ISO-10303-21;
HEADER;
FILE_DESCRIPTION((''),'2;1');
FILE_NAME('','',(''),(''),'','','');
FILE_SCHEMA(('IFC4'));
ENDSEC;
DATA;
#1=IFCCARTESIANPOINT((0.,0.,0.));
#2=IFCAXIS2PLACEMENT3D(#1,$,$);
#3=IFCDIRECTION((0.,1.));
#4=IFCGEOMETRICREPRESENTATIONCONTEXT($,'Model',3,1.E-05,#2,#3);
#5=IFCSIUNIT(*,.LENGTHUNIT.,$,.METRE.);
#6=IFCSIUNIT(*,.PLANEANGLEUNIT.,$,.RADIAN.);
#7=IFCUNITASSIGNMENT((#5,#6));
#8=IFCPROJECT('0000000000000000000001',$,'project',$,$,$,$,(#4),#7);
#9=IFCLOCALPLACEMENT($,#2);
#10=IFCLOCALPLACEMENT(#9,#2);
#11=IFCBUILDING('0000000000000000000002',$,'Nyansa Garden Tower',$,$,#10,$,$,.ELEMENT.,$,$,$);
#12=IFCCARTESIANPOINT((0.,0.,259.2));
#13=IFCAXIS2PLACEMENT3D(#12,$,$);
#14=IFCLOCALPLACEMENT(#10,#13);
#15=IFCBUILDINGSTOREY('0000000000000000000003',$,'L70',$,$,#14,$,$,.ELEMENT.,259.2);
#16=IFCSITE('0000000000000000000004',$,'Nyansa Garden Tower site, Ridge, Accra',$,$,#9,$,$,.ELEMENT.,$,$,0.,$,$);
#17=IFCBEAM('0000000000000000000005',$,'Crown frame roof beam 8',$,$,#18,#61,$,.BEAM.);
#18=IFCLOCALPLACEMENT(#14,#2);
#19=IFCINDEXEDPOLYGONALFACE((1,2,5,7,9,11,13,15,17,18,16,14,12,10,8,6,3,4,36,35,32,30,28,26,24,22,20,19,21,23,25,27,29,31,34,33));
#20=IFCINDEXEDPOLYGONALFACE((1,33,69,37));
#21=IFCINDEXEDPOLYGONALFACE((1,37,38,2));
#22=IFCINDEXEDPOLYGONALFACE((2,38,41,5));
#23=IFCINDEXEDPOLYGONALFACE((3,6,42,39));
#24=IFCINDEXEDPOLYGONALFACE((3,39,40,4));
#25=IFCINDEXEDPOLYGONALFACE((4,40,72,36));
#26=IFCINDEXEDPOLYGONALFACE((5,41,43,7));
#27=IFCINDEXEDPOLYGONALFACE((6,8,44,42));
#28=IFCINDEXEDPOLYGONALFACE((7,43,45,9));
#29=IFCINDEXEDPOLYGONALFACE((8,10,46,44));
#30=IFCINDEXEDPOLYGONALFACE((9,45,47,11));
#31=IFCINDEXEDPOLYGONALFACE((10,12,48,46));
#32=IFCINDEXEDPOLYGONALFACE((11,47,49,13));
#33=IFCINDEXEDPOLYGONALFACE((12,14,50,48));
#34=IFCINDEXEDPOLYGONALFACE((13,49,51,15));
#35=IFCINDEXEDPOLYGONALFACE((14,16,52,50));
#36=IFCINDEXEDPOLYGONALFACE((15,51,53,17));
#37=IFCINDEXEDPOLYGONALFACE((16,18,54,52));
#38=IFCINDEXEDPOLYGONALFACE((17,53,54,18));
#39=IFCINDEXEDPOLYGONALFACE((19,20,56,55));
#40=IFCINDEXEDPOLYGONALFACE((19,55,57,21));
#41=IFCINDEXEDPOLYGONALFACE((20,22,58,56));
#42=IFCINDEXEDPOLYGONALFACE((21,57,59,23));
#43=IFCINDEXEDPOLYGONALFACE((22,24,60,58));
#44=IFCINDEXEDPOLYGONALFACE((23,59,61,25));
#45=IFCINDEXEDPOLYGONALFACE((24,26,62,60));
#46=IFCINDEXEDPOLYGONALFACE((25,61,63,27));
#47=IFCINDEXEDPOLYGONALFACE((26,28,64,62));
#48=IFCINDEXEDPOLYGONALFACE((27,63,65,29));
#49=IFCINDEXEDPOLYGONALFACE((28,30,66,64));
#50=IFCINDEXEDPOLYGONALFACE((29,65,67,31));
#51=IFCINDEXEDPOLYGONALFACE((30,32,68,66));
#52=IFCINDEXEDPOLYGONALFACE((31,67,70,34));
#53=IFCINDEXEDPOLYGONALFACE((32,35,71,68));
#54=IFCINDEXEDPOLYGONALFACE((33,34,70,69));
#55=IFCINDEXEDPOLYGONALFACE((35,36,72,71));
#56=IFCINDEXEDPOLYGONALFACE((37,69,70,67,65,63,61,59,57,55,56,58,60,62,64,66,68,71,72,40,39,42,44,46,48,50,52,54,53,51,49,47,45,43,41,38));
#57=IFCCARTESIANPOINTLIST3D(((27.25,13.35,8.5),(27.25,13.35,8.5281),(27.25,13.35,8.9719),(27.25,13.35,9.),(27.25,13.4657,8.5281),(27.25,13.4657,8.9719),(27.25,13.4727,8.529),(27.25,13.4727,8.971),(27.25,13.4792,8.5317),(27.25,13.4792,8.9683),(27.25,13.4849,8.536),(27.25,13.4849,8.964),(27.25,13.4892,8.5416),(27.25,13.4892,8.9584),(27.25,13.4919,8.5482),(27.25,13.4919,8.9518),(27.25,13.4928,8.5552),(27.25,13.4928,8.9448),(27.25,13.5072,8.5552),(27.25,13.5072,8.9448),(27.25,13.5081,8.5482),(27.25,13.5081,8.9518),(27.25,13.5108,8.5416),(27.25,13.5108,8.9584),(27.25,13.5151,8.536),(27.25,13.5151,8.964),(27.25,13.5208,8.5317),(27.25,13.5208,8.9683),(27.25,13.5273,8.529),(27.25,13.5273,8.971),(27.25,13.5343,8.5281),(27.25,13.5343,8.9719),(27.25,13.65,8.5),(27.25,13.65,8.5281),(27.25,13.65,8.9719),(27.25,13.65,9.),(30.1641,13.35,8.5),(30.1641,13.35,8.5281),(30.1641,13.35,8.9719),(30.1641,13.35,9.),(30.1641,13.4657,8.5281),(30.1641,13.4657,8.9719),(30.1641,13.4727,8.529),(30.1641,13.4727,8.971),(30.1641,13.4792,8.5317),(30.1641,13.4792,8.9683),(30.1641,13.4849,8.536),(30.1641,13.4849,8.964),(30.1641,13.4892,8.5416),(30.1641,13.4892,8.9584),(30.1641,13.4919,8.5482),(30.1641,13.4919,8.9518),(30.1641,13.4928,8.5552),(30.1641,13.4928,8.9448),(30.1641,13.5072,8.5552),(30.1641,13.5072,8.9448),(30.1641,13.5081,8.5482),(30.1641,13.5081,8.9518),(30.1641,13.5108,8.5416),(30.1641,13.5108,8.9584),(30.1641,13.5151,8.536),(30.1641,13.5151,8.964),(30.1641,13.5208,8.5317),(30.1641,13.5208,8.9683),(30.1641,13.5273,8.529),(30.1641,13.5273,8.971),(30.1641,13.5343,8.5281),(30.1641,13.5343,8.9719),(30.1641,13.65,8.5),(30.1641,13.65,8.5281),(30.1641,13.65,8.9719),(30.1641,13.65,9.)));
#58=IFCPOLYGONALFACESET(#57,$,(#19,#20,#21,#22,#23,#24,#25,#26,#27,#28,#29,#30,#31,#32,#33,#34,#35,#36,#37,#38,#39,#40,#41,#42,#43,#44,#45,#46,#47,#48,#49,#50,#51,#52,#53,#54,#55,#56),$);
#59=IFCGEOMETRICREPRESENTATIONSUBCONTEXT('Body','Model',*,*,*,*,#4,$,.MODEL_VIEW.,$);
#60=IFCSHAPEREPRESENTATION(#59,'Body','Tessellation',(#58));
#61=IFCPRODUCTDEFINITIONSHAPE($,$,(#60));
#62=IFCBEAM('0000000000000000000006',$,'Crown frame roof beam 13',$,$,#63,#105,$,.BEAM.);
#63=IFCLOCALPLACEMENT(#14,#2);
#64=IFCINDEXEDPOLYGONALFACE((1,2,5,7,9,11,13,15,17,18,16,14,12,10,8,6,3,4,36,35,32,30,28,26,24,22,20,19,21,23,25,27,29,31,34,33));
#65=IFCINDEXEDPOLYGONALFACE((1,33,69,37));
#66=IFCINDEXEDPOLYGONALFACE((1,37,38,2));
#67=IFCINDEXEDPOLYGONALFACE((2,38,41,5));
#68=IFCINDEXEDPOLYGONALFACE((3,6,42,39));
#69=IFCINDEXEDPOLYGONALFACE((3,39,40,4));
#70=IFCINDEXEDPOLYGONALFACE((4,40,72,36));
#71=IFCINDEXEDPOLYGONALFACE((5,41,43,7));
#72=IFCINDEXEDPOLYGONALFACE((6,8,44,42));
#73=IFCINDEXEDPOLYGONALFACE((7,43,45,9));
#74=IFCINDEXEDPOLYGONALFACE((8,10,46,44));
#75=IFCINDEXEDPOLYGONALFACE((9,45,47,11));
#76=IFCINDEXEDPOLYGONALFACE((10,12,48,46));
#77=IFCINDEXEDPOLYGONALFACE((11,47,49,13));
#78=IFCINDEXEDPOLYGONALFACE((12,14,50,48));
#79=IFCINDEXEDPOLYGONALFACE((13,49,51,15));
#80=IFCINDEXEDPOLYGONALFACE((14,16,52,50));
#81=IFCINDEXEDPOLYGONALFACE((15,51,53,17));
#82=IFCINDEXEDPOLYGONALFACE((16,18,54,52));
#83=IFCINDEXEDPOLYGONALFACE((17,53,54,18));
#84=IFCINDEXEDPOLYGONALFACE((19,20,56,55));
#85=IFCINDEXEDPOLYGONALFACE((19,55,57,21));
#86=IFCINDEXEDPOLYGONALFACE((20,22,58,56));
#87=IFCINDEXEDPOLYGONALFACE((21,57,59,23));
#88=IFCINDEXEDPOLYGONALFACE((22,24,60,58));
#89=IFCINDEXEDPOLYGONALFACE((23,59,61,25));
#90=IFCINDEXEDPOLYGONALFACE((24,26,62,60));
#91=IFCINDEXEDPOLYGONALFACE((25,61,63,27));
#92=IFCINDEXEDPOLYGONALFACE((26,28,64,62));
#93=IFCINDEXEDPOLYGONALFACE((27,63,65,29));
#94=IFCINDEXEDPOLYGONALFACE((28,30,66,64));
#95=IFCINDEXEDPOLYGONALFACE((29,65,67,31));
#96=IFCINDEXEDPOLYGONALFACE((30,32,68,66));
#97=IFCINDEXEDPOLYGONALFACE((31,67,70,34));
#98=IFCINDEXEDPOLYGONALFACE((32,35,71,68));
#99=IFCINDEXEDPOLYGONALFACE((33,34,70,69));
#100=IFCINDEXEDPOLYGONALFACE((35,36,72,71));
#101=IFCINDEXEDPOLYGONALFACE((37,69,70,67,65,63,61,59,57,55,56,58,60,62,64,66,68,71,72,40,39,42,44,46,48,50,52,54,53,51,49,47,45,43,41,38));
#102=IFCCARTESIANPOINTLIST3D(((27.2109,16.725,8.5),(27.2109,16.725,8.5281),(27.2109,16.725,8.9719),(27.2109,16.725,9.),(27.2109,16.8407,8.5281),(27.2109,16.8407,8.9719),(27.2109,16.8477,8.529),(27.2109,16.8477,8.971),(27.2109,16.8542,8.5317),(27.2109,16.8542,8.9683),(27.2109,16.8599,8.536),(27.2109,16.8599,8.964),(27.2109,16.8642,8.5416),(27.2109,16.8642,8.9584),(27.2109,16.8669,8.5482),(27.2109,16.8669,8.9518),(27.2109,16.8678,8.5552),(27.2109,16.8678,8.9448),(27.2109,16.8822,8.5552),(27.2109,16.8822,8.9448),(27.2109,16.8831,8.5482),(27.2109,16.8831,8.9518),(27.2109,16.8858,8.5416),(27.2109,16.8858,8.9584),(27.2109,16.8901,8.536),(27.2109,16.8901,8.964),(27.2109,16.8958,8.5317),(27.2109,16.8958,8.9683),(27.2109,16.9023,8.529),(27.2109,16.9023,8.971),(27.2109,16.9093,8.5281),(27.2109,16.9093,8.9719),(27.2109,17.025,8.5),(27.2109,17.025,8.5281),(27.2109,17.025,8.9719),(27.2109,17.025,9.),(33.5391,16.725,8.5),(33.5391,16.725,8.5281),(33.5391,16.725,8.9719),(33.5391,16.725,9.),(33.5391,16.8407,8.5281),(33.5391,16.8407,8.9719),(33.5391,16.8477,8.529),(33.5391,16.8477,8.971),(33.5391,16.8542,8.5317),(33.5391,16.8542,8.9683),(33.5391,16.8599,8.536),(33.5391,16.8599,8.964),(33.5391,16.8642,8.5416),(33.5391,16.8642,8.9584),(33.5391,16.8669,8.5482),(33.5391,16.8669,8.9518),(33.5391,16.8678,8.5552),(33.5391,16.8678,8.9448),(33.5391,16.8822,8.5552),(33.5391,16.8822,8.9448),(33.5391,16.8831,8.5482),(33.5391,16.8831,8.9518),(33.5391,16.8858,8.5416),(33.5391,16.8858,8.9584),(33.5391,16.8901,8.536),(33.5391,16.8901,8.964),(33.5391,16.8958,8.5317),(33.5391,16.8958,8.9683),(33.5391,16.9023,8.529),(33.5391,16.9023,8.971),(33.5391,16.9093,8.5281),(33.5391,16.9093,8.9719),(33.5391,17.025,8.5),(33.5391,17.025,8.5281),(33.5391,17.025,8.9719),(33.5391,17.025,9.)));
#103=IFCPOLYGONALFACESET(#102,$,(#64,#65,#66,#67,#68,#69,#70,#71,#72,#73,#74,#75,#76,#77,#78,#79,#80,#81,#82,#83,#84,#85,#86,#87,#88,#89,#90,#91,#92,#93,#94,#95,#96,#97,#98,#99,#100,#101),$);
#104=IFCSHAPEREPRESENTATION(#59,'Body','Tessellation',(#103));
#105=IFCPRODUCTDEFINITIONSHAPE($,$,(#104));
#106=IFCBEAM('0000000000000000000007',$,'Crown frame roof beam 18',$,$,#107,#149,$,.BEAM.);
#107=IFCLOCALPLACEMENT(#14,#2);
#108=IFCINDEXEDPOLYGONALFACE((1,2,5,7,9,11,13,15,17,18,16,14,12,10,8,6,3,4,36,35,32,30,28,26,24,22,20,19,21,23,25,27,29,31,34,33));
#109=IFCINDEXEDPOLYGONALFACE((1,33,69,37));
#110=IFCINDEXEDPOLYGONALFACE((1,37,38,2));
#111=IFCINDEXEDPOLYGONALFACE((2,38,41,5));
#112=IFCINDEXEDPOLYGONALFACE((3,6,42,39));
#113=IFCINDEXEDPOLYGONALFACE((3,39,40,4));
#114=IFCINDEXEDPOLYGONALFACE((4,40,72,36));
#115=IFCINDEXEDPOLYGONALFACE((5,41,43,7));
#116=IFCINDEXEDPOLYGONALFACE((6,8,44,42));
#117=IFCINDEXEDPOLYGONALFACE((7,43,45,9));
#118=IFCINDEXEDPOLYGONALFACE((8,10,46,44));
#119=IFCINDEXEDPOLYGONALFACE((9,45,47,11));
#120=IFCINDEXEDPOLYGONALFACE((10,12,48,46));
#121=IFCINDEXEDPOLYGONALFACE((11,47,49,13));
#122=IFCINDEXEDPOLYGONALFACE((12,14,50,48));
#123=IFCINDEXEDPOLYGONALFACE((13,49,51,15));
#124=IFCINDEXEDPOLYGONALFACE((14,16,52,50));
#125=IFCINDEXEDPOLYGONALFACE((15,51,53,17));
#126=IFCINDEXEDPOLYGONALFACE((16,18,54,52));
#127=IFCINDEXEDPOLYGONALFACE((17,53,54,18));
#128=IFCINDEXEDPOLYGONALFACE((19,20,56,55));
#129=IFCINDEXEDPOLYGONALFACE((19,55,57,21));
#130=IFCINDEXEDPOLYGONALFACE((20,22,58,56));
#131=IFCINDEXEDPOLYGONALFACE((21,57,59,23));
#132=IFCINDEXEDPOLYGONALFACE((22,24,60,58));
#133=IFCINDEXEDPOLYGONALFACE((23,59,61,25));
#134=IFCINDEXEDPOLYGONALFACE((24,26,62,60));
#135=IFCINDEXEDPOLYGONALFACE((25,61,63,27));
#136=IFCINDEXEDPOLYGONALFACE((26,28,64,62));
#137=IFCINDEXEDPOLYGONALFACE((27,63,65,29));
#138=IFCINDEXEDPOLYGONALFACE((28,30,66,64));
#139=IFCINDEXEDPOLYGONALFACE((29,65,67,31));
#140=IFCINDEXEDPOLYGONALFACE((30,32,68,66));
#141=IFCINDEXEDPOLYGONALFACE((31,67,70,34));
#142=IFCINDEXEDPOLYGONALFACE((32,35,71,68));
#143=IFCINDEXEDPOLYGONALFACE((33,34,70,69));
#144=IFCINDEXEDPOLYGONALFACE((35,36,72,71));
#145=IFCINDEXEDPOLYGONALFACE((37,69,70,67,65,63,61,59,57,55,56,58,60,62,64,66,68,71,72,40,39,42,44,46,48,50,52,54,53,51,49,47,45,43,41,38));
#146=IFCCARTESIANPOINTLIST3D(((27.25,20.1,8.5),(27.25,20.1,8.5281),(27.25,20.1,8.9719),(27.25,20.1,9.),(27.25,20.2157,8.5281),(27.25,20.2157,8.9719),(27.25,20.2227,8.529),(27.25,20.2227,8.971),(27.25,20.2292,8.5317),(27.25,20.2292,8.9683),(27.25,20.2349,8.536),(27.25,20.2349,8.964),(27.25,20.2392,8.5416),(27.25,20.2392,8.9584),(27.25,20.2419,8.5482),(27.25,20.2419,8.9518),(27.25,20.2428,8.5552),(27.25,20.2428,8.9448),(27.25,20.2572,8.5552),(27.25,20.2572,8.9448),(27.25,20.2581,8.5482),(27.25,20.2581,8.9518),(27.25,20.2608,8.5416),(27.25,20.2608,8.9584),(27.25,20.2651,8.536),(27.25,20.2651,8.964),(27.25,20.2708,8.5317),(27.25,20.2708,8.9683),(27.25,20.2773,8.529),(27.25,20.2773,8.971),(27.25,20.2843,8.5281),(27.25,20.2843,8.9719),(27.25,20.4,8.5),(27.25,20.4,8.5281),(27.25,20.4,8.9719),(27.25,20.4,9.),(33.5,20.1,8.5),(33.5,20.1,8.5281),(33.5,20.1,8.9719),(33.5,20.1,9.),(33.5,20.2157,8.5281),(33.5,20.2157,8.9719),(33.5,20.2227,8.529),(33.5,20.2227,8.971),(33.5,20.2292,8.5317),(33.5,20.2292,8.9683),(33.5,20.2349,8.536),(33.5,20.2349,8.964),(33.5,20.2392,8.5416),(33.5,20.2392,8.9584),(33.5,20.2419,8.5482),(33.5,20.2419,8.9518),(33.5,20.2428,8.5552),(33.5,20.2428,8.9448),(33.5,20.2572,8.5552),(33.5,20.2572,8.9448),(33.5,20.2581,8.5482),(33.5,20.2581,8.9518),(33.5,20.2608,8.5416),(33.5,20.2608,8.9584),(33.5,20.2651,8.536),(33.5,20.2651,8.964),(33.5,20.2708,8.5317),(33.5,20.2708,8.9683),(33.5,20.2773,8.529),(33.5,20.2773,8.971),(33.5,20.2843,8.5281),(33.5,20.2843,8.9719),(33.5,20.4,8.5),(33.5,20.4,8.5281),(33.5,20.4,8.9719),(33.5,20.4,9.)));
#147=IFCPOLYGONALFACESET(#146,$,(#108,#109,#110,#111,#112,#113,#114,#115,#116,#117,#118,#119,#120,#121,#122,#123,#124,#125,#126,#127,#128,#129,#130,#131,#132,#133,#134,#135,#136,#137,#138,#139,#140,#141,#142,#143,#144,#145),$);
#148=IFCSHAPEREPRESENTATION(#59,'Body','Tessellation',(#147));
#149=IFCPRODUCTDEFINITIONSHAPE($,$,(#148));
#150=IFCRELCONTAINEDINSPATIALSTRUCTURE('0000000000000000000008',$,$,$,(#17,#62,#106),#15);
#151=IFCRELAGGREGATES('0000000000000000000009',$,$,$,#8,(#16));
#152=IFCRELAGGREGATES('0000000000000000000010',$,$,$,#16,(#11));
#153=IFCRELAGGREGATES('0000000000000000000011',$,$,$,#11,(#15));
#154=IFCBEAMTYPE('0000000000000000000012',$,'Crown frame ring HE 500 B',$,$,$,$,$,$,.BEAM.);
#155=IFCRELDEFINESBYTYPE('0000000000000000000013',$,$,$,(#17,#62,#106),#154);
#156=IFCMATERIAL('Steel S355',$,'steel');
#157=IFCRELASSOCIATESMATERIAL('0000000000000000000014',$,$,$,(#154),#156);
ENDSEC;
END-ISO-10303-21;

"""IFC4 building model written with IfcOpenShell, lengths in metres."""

from ifc_helpers import new_model, si_unit, direction, frame, origin, origin_2d, place, context, subcontext, project, spatial, i_section, extrude, material, material_profile, profile_set, type_object, element, save


model = new_model("IFC4")

# Units and contexts
model_context = context("Model", 3, precision=1e-05, world=origin(), true_north=direction((0.0, 1.0)))
body_context = subcontext(model_context, "Body", "Model", "MODEL_VIEW")
ifc_project = project(units=[si_unit("LENGTHUNIT", "METRE"), si_unit("PLANEANGLEUNIT", "RADIAN")], contexts=[model_context])

# Site, building, storey
site_placement = place(None, origin())
site = spatial("IfcSite", under=ifc_project, at=site_placement, Name="Nyansa Garden Tower site, Ridge, Accra", CompositionType="ELEMENT", RefElevation=0.0)
building_placement = place(site_placement, origin())
building = spatial("IfcBuilding", under=site, at=building_placement, Name="Nyansa Garden Tower", CompositionType="ELEMENT")
storey_placement = place(building_placement, frame((0.0, 0.0, 259.2)))
storey = spatial("IfcBuildingStorey", under=building, at=storey_placement, Name="L70", CompositionType="ELEMENT", Elevation=259.2)

# Beams
ifc_material_1 = material(Name="Steel S355", Category="steel")
ifc_material_profile_1 = material_profile(ifc_material_1, i_section(OverallWidth=0.3, OverallDepth=0.5, WebThickness=0.0144, FlangeThickness=0.0281, FilletRadius=0.0271, at=origin_2d()), Name="HE 500 B")
ifc_profile_set_1 = profile_set([ifc_material_profile_1], Name="Steel S355")
beam_type_1 = type_object("IfcBeamType", Name="Crown frame ring HE 500 B", PredefinedType="BEAM", material=ifc_profile_set_1)
beam_1_placement = place(storey_placement, frame((27.25, 13.5, 8.75), z_axis=(1.0, 0.0, 0.0), x_axis=(0.0, 1.0, 0.0)))
element("IfcBeam", 1, at=beam_1_placement, inside=storey, type_object=beam_type_1, Name="Crown frame roof beam 8", PredefinedType="BEAM", context=body_context, shape_type="SweptSolid", body=[
    extrude(i_section(OverallWidth=0.3, OverallDepth=0.5, WebThickness=0.0144, FlangeThickness=0.0281, FilletRadius=0.0271, at=origin_2d()), origin(), (0.0, 0.0, 1.0), 2.9141),
])
beam_2_placement = place(storey_placement, frame((27.2109, 16.875, 8.75), z_axis=(1.0, 0.0, 0.0), x_axis=(0.0, 1.0, 0.0)))
element("IfcBeam", 2, at=beam_2_placement, inside=storey, type_object=beam_type_1, Name="Crown frame roof beam 13", PredefinedType="BEAM", context=body_context, shape_type="SweptSolid", body=[
    extrude(i_section(OverallWidth=0.3, OverallDepth=0.5, WebThickness=0.0144, FlangeThickness=0.0281, FilletRadius=0.0271, at=origin_2d()), origin(), (0.0, 0.0, 1.0), 6.3281),
])
beam_3_placement = place(storey_placement, frame((27.25, 20.25, 8.75), z_axis=(1.0, 0.0, 0.0), x_axis=(0.0, 1.0, 0.0)))
element("IfcBeam", 3, at=beam_3_placement, inside=storey, type_object=beam_type_1, Name="Crown frame roof beam 18", PredefinedType="BEAM", context=body_context, shape_type="SweptSolid", body=[
    extrude(i_section(OverallWidth=0.3, OverallDepth=0.5, WebThickness=0.0144, FlangeThickness=0.0281, FilletRadius=0.0271, at=origin_2d()), origin(), (0.0, 0.0, 1.0), 6.25),
])

save(model, "model.ifc")
